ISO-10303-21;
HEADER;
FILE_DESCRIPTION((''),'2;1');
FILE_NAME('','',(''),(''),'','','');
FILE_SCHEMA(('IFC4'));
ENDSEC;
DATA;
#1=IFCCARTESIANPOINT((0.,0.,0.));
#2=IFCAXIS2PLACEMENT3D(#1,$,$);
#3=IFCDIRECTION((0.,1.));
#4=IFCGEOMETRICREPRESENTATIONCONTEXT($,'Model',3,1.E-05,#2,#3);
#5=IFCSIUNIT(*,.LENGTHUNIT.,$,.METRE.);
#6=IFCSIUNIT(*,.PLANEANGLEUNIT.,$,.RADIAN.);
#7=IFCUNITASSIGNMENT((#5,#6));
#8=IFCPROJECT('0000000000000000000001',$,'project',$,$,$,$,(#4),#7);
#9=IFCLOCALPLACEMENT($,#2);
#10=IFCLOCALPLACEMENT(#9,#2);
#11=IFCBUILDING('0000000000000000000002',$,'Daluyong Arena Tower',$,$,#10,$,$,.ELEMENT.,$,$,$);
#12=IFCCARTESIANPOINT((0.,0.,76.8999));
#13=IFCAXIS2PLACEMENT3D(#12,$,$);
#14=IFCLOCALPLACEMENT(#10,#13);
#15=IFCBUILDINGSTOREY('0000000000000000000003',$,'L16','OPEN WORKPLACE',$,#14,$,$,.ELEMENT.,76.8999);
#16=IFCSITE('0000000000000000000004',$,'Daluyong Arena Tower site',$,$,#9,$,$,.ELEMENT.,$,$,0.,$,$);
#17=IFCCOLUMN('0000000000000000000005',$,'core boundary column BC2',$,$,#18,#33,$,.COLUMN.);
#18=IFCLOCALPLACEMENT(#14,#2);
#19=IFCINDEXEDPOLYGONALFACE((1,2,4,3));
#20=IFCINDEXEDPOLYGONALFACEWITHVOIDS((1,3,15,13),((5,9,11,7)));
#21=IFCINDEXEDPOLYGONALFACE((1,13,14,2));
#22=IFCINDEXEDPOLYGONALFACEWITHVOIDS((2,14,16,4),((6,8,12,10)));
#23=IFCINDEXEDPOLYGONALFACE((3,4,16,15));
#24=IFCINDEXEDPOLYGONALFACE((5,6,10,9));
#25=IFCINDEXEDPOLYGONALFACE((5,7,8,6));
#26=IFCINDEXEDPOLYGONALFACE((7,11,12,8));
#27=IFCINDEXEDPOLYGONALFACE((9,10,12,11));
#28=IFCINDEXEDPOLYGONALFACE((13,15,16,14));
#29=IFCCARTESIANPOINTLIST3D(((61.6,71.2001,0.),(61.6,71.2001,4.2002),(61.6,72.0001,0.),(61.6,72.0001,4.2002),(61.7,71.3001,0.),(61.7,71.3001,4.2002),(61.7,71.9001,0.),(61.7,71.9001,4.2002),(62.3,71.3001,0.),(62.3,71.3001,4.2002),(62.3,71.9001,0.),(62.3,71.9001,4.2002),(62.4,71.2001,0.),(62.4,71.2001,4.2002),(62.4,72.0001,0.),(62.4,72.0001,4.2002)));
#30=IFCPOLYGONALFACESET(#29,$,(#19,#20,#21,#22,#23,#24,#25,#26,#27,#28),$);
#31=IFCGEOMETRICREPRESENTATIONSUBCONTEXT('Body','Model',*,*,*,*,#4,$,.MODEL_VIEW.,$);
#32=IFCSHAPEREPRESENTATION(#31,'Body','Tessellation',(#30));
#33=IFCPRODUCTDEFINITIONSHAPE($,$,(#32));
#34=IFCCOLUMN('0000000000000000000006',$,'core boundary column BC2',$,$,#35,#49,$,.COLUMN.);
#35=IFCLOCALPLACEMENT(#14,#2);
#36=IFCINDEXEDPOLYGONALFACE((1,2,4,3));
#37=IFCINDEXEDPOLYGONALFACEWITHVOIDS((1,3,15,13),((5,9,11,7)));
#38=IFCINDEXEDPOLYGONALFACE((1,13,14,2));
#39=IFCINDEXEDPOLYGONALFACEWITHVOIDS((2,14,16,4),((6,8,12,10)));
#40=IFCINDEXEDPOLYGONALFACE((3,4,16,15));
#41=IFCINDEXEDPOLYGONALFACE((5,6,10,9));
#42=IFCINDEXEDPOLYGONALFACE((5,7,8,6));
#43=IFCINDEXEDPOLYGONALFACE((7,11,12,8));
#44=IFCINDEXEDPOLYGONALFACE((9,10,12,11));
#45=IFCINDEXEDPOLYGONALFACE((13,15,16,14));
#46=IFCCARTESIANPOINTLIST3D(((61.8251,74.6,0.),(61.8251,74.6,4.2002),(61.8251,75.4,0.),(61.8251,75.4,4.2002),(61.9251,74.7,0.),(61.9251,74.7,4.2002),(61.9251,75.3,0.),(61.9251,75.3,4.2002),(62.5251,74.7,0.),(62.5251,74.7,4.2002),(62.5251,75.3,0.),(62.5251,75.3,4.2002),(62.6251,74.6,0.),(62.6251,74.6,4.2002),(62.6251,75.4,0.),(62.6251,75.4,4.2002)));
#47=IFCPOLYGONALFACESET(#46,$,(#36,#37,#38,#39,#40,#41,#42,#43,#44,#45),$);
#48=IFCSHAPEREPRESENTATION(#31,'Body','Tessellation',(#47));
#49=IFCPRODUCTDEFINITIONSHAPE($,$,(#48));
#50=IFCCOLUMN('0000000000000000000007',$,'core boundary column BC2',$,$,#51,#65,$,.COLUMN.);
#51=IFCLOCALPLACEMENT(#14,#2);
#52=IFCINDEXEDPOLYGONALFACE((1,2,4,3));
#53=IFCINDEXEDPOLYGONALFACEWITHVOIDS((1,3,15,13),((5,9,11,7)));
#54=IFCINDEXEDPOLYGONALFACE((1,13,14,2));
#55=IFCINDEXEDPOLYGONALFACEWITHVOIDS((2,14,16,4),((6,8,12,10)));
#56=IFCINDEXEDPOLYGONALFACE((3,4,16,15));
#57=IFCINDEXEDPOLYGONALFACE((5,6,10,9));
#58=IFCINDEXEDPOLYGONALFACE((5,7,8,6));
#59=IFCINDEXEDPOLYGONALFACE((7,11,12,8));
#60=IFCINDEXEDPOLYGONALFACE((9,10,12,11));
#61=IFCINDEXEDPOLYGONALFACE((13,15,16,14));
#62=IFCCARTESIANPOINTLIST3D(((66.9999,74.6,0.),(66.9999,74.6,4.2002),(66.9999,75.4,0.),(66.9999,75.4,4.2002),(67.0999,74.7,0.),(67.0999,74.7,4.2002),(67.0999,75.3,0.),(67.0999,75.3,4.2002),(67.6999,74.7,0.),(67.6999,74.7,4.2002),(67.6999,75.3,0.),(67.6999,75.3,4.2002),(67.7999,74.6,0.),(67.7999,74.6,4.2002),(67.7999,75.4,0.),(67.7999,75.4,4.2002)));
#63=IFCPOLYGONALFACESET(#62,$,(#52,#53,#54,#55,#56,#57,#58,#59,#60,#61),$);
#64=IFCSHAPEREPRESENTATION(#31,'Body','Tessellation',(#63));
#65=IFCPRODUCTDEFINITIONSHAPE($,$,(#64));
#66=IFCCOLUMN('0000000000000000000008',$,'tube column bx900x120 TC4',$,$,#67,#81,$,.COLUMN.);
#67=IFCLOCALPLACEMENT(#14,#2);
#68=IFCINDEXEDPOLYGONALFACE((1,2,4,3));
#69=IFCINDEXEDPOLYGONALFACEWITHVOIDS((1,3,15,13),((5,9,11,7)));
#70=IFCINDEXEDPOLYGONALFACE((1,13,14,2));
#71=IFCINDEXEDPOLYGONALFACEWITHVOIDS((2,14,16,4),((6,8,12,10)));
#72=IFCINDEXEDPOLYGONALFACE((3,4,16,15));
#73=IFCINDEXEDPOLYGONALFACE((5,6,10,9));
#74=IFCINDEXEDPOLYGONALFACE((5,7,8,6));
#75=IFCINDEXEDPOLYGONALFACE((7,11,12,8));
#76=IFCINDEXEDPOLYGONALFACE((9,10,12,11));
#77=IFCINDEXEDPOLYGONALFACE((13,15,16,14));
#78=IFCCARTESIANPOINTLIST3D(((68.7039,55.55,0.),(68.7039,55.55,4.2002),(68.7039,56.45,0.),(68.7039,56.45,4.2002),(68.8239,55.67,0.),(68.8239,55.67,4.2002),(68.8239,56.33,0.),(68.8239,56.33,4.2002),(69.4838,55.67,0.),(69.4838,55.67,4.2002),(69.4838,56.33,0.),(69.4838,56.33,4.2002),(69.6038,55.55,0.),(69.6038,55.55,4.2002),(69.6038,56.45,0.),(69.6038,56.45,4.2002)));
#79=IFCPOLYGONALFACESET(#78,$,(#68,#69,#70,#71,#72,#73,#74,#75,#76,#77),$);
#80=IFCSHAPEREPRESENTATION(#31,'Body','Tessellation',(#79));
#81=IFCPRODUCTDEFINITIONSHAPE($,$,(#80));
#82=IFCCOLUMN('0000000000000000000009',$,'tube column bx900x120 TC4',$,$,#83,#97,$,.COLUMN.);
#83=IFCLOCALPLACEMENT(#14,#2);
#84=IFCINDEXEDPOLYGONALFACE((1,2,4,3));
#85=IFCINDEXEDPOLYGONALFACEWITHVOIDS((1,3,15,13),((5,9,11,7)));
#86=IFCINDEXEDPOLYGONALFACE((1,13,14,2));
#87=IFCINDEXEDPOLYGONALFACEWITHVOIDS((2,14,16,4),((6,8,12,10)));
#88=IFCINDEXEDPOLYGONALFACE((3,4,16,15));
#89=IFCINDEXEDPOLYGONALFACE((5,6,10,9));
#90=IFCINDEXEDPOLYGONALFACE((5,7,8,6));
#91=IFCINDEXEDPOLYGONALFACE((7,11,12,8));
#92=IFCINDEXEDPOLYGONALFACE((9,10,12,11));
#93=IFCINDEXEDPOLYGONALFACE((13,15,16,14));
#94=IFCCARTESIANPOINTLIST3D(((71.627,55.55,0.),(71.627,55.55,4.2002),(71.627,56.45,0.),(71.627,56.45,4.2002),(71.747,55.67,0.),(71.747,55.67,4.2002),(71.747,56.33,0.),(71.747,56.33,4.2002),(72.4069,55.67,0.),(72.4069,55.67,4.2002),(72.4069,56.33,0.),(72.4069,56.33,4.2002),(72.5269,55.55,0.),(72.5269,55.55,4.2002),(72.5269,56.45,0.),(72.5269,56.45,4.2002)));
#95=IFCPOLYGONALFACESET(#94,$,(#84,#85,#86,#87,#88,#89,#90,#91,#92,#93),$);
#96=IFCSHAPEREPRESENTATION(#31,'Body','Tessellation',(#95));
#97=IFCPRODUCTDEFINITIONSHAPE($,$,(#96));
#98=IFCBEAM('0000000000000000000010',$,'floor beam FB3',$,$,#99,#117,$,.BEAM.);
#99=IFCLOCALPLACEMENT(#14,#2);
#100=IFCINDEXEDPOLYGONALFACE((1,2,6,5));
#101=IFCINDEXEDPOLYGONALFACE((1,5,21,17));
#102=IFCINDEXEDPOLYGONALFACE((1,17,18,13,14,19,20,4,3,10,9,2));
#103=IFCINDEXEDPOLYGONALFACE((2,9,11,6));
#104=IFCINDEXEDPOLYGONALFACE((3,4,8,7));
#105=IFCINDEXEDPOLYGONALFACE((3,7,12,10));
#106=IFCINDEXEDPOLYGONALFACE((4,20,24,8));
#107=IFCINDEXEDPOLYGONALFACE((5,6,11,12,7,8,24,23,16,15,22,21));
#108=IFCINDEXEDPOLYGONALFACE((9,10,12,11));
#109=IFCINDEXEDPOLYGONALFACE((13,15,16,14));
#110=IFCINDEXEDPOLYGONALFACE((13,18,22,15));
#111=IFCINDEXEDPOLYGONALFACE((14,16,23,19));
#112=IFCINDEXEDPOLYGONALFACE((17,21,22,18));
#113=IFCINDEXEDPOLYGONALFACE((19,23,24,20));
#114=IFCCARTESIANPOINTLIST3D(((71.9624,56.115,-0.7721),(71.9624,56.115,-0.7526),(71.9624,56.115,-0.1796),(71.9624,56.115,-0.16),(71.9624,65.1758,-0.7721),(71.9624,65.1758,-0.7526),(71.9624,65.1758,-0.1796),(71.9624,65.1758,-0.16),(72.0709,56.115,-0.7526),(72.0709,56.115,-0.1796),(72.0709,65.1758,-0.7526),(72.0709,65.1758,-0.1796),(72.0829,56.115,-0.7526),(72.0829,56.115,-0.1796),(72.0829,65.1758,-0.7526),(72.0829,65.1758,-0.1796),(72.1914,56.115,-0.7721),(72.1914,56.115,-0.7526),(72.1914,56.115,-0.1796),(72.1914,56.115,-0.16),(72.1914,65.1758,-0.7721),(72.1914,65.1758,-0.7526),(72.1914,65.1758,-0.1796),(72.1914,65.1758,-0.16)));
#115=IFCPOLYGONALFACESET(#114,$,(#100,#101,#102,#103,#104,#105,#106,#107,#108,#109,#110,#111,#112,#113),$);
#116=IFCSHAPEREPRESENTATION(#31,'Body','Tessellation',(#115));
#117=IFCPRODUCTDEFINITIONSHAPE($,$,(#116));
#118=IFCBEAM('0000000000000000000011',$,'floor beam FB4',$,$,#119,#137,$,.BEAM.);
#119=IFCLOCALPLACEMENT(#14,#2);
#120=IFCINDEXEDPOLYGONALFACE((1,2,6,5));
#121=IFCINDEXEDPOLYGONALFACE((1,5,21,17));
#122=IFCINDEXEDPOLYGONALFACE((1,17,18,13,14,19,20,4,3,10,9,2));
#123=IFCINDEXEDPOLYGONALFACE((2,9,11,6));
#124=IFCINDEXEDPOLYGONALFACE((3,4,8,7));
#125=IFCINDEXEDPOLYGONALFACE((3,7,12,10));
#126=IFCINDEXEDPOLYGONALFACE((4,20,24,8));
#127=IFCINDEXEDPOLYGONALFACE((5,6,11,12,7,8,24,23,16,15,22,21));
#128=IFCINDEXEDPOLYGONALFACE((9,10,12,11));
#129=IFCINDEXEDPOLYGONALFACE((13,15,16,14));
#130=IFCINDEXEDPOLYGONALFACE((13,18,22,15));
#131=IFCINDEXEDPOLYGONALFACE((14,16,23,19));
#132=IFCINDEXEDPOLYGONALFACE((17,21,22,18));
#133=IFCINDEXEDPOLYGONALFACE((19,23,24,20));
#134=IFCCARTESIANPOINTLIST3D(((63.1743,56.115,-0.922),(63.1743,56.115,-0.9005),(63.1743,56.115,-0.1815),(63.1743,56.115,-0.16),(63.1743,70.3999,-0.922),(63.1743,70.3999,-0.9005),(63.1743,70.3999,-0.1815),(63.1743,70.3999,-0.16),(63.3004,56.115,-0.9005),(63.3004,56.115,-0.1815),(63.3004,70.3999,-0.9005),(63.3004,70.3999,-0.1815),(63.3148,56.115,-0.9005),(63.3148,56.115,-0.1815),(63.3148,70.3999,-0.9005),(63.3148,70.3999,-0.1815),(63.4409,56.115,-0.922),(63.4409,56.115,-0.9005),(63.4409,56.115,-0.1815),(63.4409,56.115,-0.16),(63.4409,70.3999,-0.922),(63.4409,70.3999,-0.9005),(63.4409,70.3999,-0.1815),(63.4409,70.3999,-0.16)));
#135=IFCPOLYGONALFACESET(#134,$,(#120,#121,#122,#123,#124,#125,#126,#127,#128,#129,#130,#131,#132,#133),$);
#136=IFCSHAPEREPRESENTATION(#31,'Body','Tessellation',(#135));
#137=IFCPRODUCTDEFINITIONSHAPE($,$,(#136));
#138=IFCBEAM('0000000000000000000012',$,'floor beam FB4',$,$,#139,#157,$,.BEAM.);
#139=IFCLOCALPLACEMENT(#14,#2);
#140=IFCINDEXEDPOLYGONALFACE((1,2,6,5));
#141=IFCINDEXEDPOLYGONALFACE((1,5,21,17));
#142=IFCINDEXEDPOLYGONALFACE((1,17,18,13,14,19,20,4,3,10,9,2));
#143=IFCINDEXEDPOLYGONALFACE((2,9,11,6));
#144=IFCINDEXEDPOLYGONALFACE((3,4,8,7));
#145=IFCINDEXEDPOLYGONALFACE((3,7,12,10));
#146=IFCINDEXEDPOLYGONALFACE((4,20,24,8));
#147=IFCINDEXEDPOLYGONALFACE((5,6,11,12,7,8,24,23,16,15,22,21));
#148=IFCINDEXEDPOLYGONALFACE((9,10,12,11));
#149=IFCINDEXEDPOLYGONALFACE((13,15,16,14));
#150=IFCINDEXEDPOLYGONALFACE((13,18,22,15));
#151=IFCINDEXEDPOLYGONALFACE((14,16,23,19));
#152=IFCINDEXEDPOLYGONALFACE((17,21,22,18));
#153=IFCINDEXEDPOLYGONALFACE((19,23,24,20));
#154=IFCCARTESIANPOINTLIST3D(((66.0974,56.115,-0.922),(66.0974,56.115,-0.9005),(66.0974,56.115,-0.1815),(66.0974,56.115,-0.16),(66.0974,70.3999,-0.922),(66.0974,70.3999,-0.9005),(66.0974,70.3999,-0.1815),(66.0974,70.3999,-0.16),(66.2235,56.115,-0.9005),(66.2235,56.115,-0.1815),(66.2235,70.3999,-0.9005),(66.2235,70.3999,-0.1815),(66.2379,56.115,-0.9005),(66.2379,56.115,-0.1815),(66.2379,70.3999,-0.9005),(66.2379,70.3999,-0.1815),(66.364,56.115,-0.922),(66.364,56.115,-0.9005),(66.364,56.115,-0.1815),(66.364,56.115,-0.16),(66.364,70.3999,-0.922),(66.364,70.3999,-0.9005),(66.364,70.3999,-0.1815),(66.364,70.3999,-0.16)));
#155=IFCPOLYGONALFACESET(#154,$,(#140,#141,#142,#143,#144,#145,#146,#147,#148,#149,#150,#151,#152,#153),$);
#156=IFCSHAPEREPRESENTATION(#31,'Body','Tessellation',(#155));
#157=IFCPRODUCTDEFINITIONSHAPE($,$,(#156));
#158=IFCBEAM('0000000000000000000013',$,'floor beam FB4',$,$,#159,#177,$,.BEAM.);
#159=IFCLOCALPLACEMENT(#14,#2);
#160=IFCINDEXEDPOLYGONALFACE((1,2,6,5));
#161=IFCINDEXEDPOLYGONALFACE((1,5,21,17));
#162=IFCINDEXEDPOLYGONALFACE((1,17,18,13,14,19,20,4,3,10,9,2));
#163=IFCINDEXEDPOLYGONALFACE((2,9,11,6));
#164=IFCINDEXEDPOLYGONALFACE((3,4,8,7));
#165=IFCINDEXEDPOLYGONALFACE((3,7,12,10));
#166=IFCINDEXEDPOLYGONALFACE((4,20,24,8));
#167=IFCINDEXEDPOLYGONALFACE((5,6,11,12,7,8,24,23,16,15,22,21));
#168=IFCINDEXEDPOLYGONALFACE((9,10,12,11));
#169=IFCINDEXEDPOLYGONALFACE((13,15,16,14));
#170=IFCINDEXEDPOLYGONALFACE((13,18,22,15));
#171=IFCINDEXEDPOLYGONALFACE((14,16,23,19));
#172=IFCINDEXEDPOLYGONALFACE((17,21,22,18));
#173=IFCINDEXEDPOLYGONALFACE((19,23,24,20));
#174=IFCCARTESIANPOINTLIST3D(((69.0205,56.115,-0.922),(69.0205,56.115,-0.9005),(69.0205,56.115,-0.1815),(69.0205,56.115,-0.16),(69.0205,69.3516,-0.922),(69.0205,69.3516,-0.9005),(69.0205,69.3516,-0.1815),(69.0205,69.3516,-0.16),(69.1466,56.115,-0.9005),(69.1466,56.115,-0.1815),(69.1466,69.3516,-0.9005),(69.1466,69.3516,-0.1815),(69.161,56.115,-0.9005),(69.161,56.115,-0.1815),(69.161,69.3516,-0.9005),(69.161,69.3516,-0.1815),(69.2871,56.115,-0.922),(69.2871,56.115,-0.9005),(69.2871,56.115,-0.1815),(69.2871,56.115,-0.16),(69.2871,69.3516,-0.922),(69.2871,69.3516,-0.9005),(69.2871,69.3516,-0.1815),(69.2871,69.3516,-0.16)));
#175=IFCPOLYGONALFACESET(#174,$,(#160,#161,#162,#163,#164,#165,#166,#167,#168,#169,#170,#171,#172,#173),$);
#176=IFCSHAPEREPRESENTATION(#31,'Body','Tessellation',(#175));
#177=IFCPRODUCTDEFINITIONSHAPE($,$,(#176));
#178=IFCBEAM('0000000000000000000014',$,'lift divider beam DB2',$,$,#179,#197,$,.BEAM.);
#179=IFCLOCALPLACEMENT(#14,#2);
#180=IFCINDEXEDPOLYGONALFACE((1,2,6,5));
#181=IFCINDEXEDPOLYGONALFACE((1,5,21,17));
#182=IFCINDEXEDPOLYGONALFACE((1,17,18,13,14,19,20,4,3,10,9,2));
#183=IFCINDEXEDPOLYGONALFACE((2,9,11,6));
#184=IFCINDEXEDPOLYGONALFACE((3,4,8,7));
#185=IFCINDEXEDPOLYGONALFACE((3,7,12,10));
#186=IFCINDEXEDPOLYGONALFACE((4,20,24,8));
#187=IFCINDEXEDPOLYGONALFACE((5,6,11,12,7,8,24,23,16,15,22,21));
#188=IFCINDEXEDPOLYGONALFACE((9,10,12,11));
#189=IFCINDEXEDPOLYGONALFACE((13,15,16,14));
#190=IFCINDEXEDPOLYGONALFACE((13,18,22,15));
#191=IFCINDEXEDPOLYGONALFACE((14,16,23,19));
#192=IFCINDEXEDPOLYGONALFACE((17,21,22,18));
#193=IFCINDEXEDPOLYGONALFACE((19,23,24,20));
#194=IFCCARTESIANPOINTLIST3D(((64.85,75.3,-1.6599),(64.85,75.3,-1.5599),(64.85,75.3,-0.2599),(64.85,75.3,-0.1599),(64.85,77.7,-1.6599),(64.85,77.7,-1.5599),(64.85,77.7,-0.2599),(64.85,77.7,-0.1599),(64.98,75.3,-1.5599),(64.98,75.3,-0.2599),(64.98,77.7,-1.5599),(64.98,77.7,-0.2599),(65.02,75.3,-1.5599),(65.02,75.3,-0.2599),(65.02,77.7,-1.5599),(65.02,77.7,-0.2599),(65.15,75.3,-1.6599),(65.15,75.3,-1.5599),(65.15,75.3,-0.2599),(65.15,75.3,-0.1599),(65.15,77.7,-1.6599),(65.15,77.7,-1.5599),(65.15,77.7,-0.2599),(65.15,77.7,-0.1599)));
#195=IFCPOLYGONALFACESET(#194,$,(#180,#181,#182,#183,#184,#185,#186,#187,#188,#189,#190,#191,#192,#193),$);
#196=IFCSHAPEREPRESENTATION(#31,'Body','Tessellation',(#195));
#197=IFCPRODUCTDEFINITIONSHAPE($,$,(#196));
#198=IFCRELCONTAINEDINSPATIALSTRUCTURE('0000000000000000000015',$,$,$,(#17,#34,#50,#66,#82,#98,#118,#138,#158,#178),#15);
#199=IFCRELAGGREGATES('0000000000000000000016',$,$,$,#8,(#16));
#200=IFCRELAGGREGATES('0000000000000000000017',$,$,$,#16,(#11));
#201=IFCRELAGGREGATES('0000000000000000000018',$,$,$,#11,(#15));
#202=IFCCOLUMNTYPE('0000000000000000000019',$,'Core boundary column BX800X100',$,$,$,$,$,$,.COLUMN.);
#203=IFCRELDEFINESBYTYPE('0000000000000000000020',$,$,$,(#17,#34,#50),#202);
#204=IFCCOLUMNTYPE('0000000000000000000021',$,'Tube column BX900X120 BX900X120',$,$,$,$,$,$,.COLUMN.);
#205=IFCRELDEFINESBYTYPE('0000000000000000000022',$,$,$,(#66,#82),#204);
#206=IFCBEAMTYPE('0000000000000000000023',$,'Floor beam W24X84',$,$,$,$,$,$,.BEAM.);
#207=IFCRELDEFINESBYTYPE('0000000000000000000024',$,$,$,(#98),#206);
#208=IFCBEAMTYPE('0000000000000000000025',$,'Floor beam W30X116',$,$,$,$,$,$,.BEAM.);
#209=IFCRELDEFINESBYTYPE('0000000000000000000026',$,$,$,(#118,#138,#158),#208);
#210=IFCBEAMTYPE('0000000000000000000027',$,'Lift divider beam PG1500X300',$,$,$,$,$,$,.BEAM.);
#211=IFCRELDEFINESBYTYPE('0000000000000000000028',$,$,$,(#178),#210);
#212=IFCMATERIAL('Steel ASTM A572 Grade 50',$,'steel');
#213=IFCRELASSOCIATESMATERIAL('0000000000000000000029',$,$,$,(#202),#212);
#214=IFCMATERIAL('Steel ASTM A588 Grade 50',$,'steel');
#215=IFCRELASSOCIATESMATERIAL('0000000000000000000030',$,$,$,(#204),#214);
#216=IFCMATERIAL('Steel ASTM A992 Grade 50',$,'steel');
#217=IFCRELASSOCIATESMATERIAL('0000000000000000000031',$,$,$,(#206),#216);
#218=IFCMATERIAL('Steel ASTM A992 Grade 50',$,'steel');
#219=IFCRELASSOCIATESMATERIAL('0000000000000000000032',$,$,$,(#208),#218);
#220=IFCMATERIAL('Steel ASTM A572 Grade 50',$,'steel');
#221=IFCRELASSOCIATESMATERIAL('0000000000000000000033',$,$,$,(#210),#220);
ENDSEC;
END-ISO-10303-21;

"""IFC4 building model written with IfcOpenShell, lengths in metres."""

from ifc_helpers import new_model, si_unit, direction, frame, origin, origin_2d, place, context, subcontext, project, spatial, hollow_rectangle, i_section, extrude, material, material_profile, profile_set, type_object, element, save


model = new_model("IFC4")

# Units and contexts
model_context = context("Model", 3, precision=1e-05, world=origin(), true_north=direction((0.0, 1.0)))
body_context = subcontext(model_context, "Body", "Model", "MODEL_VIEW")
ifc_project = project(units=[si_unit("LENGTHUNIT", "METRE"), si_unit("PLANEANGLEUNIT", "RADIAN")], contexts=[model_context])

# Site, building, storey
site_placement = place(None, origin())
site = spatial("IfcSite", under=ifc_project, at=site_placement, Name="Daluyong Arena Tower site", CompositionType="ELEMENT", RefElevation=0.0)
building_placement = place(site_placement, origin())
building = spatial("IfcBuilding", under=site, at=building_placement, Name="Daluyong Arena Tower", CompositionType="ELEMENT")
storey_placement = place(building_placement, frame((0.0, 0.0, 76.8999)))
storey = spatial("IfcBuildingStorey", under=building, at=storey_placement, Name="L16", Description="OPEN WORKPLACE", CompositionType="ELEMENT", Elevation=76.8999)

# Columns
ifc_material_1 = material(Name="Steel ASTM A572 Grade 50", Category="steel")
ifc_material_profile_1 = material_profile(ifc_material_1, hollow_rectangle(XDim=0.8, YDim=0.8, WallThickness=0.1, at=origin_2d()))
ifc_profile_set_1 = profile_set([ifc_material_profile_1], Name="Steel ASTM A572 Grade 50")
column_type_1 = type_object("IfcColumnType", Name="Core boundary column BX800X100", PredefinedType="COLUMN", material=ifc_profile_set_1)
for number, where, z_axis, x_axis, name in (
    (1, (62.0, 71.6001, 0.0), (0.0, 0.0, 1.0), (1.0, 0.0, 0.0), "core boundary column BC2"),
    (2, (62.2251, 75.0, 0.0), (0.0, 0.0, 1.0), (1.0, 0.0, 0.0), "core boundary column BC2"),
    (3, (67.3999, 75.0, 0.0), (0.0, 0.0, 1.0), (1.0, 0.0, 0.0), "core boundary column BC2"),
):
    element("IfcColumn", number, at=place(storey_placement, frame(where, z_axis=z_axis, x_axis=x_axis)), inside=storey, type_object=column_type_1, Name=name, PredefinedType="COLUMN", context=body_context, shape_type="SweptSolid", body=[
        extrude(hollow_rectangle(XDim=0.8, YDim=0.8, WallThickness=0.1, at=origin_2d()), origin(), (0.0, 0.0, 1.0), 4.2002),
    ])
ifc_material_2 = material(Name="Steel ASTM A588 Grade 50", Category="steel")
ifc_material_profile_2 = material_profile(ifc_material_2, hollow_rectangle(XDim=0.8999, YDim=0.8999, WallThickness=0.12, at=origin_2d()))
ifc_profile_set_2 = profile_set([ifc_material_profile_2], Name="Steel ASTM A588 Grade 50")
column_type_2 = type_object("IfcColumnType", Name="Tube column BX900X120 BX900X120", PredefinedType="COLUMN", material=ifc_profile_set_2)
for number, where, z_axis, x_axis, name in (
    (4, (69.1538, 56.0, 0.0), (0.0, 0.0, 1.0), (1.0, 0.0, 0.0), "tube column bx900x120 TC4"),
    (5, (72.0769, 56.0, 0.0), (0.0, 0.0, 1.0), (1.0, 0.0, 0.0), "tube column bx900x120 TC4"),
):
    element("IfcColumn", number, at=place(storey_placement, frame(where, z_axis=z_axis, x_axis=x_axis)), inside=storey, type_object=column_type_2, Name=name, PredefinedType="COLUMN", context=body_context, shape_type="SweptSolid", body=[
        extrude(hollow_rectangle(XDim=0.8999, YDim=0.8999, WallThickness=0.12, at=origin_2d()), origin(), (0.0, 0.0, 1.0), 4.2002),
    ])

# Beams
ifc_material_3 = material(Name="Steel ASTM A992 Grade 50", Category="steel")
ifc_material_profile_3 = material_profile(ifc_material_3, i_section(OverallWidth=0.229, OverallDepth=0.6121, WebThickness=0.012, FlangeThickness=0.0195, at=origin_2d()))
ifc_profile_set_3 = profile_set([ifc_material_profile_3], Name="Steel ASTM A992 Grade 50")
beam_type_1 = type_object("IfcBeamType", Name="Floor beam W24X84", PredefinedType="BEAM", material=ifc_profile_set_3)
beam_1_placement = place(storey_placement, frame((72.0769, 56.115, -0.4661), z_axis=(0.0, 1.0, 0.0), x_axis=(-1.0, 0.0, 0.0)))
element("IfcBeam", 6, at=beam_1_placement, inside=storey, type_object=beam_type_1, Name="floor beam FB3", PredefinedType="BEAM", context=body_context, shape_type="SweptSolid", body=[
    extrude(i_section(OverallWidth=0.229, OverallDepth=0.6121, WebThickness=0.012, FlangeThickness=0.0195, at=origin_2d()), origin(), (0.0, 0.0, 1.0), 9.0608),
])
ifc_material_4 = material(Name="Steel ASTM A992 Grade 50", Category="steel")
ifc_material_profile_4 = material_profile(ifc_material_4, i_section(OverallWidth=0.2666, OverallDepth=0.762, WebThickness=0.0144, FlangeThickness=0.0215, at=origin_2d()))
ifc_profile_set_4 = profile_set([ifc_material_profile_4], Name="Steel ASTM A992 Grade 50")
beam_type_2 = type_object("IfcBeamType", Name="Floor beam W30X116", PredefinedType="BEAM", material=ifc_profile_set_4)
for number, where, z_axis, x_axis, name in (
    (7, (63.3076, 56.115, -0.541), (0.0, 1.0, 0.0), (-1.0, 0.0, 0.0), "floor beam FB4"),
    (8, (66.2307, 56.115, -0.541), (0.0, 1.0, 0.0), (-1.0, 0.0, 0.0), "floor beam FB4"),
):
    element("IfcBeam", number, at=place(storey_placement, frame(where, z_axis=z_axis, x_axis=x_axis)), inside=storey, type_object=beam_type_2, Name=name, PredefinedType="BEAM", context=body_context, shape_type="SweptSolid", body=[
        extrude(i_section(OverallWidth=0.2666, OverallDepth=0.762, WebThickness=0.0144, FlangeThickness=0.0215, at=origin_2d()), origin(), (0.0, 0.0, 1.0), 14.2849),
    ])
beam_2_placement = place(storey_placement, frame((69.1538, 56.115, -0.541), z_axis=(0.0, 1.0, 0.0), x_axis=(-1.0, 0.0, 0.0)))
element("IfcBeam", 9, at=beam_2_placement, inside=storey, type_object=beam_type_2, Name="floor beam FB4", PredefinedType="BEAM", context=body_context, shape_type="SweptSolid", body=[
    extrude(i_section(OverallWidth=0.2666, OverallDepth=0.762, WebThickness=0.0144, FlangeThickness=0.0215, at=origin_2d()), origin(), (0.0, 0.0, 1.0), 13.2366),
])
ifc_material_5 = material(Name="Steel ASTM A572 Grade 50", Category="steel")
ifc_material_profile_5 = material_profile(ifc_material_5, i_section(OverallWidth=0.3, OverallDepth=1.5, WebThickness=0.04, FlangeThickness=0.1, at=origin_2d()))
ifc_profile_set_5 = profile_set([ifc_material_profile_5], Name="Steel ASTM A572 Grade 50")
beam_type_3 = type_object("IfcBeamType", Name="Lift divider beam PG1500X300", PredefinedType="BEAM", material=ifc_profile_set_5)
beam_3_placement = place(storey_placement, frame((65.0, 75.3, -0.9099), z_axis=(0.0, 1.0, 0.0), x_axis=(-1.0, 0.0, 0.0)))
element("IfcBeam", 10, at=beam_3_placement, inside=storey, type_object=beam_type_3, Name="lift divider beam DB2", PredefinedType="BEAM", context=body_context, shape_type="SweptSolid", body=[
    extrude(i_section(OverallWidth=0.3, OverallDepth=1.5, WebThickness=0.04, FlangeThickness=0.1, at=origin_2d()), origin(), (0.0, 0.0, 1.0), 2.3999),
])

save(model, "model.ifc")
